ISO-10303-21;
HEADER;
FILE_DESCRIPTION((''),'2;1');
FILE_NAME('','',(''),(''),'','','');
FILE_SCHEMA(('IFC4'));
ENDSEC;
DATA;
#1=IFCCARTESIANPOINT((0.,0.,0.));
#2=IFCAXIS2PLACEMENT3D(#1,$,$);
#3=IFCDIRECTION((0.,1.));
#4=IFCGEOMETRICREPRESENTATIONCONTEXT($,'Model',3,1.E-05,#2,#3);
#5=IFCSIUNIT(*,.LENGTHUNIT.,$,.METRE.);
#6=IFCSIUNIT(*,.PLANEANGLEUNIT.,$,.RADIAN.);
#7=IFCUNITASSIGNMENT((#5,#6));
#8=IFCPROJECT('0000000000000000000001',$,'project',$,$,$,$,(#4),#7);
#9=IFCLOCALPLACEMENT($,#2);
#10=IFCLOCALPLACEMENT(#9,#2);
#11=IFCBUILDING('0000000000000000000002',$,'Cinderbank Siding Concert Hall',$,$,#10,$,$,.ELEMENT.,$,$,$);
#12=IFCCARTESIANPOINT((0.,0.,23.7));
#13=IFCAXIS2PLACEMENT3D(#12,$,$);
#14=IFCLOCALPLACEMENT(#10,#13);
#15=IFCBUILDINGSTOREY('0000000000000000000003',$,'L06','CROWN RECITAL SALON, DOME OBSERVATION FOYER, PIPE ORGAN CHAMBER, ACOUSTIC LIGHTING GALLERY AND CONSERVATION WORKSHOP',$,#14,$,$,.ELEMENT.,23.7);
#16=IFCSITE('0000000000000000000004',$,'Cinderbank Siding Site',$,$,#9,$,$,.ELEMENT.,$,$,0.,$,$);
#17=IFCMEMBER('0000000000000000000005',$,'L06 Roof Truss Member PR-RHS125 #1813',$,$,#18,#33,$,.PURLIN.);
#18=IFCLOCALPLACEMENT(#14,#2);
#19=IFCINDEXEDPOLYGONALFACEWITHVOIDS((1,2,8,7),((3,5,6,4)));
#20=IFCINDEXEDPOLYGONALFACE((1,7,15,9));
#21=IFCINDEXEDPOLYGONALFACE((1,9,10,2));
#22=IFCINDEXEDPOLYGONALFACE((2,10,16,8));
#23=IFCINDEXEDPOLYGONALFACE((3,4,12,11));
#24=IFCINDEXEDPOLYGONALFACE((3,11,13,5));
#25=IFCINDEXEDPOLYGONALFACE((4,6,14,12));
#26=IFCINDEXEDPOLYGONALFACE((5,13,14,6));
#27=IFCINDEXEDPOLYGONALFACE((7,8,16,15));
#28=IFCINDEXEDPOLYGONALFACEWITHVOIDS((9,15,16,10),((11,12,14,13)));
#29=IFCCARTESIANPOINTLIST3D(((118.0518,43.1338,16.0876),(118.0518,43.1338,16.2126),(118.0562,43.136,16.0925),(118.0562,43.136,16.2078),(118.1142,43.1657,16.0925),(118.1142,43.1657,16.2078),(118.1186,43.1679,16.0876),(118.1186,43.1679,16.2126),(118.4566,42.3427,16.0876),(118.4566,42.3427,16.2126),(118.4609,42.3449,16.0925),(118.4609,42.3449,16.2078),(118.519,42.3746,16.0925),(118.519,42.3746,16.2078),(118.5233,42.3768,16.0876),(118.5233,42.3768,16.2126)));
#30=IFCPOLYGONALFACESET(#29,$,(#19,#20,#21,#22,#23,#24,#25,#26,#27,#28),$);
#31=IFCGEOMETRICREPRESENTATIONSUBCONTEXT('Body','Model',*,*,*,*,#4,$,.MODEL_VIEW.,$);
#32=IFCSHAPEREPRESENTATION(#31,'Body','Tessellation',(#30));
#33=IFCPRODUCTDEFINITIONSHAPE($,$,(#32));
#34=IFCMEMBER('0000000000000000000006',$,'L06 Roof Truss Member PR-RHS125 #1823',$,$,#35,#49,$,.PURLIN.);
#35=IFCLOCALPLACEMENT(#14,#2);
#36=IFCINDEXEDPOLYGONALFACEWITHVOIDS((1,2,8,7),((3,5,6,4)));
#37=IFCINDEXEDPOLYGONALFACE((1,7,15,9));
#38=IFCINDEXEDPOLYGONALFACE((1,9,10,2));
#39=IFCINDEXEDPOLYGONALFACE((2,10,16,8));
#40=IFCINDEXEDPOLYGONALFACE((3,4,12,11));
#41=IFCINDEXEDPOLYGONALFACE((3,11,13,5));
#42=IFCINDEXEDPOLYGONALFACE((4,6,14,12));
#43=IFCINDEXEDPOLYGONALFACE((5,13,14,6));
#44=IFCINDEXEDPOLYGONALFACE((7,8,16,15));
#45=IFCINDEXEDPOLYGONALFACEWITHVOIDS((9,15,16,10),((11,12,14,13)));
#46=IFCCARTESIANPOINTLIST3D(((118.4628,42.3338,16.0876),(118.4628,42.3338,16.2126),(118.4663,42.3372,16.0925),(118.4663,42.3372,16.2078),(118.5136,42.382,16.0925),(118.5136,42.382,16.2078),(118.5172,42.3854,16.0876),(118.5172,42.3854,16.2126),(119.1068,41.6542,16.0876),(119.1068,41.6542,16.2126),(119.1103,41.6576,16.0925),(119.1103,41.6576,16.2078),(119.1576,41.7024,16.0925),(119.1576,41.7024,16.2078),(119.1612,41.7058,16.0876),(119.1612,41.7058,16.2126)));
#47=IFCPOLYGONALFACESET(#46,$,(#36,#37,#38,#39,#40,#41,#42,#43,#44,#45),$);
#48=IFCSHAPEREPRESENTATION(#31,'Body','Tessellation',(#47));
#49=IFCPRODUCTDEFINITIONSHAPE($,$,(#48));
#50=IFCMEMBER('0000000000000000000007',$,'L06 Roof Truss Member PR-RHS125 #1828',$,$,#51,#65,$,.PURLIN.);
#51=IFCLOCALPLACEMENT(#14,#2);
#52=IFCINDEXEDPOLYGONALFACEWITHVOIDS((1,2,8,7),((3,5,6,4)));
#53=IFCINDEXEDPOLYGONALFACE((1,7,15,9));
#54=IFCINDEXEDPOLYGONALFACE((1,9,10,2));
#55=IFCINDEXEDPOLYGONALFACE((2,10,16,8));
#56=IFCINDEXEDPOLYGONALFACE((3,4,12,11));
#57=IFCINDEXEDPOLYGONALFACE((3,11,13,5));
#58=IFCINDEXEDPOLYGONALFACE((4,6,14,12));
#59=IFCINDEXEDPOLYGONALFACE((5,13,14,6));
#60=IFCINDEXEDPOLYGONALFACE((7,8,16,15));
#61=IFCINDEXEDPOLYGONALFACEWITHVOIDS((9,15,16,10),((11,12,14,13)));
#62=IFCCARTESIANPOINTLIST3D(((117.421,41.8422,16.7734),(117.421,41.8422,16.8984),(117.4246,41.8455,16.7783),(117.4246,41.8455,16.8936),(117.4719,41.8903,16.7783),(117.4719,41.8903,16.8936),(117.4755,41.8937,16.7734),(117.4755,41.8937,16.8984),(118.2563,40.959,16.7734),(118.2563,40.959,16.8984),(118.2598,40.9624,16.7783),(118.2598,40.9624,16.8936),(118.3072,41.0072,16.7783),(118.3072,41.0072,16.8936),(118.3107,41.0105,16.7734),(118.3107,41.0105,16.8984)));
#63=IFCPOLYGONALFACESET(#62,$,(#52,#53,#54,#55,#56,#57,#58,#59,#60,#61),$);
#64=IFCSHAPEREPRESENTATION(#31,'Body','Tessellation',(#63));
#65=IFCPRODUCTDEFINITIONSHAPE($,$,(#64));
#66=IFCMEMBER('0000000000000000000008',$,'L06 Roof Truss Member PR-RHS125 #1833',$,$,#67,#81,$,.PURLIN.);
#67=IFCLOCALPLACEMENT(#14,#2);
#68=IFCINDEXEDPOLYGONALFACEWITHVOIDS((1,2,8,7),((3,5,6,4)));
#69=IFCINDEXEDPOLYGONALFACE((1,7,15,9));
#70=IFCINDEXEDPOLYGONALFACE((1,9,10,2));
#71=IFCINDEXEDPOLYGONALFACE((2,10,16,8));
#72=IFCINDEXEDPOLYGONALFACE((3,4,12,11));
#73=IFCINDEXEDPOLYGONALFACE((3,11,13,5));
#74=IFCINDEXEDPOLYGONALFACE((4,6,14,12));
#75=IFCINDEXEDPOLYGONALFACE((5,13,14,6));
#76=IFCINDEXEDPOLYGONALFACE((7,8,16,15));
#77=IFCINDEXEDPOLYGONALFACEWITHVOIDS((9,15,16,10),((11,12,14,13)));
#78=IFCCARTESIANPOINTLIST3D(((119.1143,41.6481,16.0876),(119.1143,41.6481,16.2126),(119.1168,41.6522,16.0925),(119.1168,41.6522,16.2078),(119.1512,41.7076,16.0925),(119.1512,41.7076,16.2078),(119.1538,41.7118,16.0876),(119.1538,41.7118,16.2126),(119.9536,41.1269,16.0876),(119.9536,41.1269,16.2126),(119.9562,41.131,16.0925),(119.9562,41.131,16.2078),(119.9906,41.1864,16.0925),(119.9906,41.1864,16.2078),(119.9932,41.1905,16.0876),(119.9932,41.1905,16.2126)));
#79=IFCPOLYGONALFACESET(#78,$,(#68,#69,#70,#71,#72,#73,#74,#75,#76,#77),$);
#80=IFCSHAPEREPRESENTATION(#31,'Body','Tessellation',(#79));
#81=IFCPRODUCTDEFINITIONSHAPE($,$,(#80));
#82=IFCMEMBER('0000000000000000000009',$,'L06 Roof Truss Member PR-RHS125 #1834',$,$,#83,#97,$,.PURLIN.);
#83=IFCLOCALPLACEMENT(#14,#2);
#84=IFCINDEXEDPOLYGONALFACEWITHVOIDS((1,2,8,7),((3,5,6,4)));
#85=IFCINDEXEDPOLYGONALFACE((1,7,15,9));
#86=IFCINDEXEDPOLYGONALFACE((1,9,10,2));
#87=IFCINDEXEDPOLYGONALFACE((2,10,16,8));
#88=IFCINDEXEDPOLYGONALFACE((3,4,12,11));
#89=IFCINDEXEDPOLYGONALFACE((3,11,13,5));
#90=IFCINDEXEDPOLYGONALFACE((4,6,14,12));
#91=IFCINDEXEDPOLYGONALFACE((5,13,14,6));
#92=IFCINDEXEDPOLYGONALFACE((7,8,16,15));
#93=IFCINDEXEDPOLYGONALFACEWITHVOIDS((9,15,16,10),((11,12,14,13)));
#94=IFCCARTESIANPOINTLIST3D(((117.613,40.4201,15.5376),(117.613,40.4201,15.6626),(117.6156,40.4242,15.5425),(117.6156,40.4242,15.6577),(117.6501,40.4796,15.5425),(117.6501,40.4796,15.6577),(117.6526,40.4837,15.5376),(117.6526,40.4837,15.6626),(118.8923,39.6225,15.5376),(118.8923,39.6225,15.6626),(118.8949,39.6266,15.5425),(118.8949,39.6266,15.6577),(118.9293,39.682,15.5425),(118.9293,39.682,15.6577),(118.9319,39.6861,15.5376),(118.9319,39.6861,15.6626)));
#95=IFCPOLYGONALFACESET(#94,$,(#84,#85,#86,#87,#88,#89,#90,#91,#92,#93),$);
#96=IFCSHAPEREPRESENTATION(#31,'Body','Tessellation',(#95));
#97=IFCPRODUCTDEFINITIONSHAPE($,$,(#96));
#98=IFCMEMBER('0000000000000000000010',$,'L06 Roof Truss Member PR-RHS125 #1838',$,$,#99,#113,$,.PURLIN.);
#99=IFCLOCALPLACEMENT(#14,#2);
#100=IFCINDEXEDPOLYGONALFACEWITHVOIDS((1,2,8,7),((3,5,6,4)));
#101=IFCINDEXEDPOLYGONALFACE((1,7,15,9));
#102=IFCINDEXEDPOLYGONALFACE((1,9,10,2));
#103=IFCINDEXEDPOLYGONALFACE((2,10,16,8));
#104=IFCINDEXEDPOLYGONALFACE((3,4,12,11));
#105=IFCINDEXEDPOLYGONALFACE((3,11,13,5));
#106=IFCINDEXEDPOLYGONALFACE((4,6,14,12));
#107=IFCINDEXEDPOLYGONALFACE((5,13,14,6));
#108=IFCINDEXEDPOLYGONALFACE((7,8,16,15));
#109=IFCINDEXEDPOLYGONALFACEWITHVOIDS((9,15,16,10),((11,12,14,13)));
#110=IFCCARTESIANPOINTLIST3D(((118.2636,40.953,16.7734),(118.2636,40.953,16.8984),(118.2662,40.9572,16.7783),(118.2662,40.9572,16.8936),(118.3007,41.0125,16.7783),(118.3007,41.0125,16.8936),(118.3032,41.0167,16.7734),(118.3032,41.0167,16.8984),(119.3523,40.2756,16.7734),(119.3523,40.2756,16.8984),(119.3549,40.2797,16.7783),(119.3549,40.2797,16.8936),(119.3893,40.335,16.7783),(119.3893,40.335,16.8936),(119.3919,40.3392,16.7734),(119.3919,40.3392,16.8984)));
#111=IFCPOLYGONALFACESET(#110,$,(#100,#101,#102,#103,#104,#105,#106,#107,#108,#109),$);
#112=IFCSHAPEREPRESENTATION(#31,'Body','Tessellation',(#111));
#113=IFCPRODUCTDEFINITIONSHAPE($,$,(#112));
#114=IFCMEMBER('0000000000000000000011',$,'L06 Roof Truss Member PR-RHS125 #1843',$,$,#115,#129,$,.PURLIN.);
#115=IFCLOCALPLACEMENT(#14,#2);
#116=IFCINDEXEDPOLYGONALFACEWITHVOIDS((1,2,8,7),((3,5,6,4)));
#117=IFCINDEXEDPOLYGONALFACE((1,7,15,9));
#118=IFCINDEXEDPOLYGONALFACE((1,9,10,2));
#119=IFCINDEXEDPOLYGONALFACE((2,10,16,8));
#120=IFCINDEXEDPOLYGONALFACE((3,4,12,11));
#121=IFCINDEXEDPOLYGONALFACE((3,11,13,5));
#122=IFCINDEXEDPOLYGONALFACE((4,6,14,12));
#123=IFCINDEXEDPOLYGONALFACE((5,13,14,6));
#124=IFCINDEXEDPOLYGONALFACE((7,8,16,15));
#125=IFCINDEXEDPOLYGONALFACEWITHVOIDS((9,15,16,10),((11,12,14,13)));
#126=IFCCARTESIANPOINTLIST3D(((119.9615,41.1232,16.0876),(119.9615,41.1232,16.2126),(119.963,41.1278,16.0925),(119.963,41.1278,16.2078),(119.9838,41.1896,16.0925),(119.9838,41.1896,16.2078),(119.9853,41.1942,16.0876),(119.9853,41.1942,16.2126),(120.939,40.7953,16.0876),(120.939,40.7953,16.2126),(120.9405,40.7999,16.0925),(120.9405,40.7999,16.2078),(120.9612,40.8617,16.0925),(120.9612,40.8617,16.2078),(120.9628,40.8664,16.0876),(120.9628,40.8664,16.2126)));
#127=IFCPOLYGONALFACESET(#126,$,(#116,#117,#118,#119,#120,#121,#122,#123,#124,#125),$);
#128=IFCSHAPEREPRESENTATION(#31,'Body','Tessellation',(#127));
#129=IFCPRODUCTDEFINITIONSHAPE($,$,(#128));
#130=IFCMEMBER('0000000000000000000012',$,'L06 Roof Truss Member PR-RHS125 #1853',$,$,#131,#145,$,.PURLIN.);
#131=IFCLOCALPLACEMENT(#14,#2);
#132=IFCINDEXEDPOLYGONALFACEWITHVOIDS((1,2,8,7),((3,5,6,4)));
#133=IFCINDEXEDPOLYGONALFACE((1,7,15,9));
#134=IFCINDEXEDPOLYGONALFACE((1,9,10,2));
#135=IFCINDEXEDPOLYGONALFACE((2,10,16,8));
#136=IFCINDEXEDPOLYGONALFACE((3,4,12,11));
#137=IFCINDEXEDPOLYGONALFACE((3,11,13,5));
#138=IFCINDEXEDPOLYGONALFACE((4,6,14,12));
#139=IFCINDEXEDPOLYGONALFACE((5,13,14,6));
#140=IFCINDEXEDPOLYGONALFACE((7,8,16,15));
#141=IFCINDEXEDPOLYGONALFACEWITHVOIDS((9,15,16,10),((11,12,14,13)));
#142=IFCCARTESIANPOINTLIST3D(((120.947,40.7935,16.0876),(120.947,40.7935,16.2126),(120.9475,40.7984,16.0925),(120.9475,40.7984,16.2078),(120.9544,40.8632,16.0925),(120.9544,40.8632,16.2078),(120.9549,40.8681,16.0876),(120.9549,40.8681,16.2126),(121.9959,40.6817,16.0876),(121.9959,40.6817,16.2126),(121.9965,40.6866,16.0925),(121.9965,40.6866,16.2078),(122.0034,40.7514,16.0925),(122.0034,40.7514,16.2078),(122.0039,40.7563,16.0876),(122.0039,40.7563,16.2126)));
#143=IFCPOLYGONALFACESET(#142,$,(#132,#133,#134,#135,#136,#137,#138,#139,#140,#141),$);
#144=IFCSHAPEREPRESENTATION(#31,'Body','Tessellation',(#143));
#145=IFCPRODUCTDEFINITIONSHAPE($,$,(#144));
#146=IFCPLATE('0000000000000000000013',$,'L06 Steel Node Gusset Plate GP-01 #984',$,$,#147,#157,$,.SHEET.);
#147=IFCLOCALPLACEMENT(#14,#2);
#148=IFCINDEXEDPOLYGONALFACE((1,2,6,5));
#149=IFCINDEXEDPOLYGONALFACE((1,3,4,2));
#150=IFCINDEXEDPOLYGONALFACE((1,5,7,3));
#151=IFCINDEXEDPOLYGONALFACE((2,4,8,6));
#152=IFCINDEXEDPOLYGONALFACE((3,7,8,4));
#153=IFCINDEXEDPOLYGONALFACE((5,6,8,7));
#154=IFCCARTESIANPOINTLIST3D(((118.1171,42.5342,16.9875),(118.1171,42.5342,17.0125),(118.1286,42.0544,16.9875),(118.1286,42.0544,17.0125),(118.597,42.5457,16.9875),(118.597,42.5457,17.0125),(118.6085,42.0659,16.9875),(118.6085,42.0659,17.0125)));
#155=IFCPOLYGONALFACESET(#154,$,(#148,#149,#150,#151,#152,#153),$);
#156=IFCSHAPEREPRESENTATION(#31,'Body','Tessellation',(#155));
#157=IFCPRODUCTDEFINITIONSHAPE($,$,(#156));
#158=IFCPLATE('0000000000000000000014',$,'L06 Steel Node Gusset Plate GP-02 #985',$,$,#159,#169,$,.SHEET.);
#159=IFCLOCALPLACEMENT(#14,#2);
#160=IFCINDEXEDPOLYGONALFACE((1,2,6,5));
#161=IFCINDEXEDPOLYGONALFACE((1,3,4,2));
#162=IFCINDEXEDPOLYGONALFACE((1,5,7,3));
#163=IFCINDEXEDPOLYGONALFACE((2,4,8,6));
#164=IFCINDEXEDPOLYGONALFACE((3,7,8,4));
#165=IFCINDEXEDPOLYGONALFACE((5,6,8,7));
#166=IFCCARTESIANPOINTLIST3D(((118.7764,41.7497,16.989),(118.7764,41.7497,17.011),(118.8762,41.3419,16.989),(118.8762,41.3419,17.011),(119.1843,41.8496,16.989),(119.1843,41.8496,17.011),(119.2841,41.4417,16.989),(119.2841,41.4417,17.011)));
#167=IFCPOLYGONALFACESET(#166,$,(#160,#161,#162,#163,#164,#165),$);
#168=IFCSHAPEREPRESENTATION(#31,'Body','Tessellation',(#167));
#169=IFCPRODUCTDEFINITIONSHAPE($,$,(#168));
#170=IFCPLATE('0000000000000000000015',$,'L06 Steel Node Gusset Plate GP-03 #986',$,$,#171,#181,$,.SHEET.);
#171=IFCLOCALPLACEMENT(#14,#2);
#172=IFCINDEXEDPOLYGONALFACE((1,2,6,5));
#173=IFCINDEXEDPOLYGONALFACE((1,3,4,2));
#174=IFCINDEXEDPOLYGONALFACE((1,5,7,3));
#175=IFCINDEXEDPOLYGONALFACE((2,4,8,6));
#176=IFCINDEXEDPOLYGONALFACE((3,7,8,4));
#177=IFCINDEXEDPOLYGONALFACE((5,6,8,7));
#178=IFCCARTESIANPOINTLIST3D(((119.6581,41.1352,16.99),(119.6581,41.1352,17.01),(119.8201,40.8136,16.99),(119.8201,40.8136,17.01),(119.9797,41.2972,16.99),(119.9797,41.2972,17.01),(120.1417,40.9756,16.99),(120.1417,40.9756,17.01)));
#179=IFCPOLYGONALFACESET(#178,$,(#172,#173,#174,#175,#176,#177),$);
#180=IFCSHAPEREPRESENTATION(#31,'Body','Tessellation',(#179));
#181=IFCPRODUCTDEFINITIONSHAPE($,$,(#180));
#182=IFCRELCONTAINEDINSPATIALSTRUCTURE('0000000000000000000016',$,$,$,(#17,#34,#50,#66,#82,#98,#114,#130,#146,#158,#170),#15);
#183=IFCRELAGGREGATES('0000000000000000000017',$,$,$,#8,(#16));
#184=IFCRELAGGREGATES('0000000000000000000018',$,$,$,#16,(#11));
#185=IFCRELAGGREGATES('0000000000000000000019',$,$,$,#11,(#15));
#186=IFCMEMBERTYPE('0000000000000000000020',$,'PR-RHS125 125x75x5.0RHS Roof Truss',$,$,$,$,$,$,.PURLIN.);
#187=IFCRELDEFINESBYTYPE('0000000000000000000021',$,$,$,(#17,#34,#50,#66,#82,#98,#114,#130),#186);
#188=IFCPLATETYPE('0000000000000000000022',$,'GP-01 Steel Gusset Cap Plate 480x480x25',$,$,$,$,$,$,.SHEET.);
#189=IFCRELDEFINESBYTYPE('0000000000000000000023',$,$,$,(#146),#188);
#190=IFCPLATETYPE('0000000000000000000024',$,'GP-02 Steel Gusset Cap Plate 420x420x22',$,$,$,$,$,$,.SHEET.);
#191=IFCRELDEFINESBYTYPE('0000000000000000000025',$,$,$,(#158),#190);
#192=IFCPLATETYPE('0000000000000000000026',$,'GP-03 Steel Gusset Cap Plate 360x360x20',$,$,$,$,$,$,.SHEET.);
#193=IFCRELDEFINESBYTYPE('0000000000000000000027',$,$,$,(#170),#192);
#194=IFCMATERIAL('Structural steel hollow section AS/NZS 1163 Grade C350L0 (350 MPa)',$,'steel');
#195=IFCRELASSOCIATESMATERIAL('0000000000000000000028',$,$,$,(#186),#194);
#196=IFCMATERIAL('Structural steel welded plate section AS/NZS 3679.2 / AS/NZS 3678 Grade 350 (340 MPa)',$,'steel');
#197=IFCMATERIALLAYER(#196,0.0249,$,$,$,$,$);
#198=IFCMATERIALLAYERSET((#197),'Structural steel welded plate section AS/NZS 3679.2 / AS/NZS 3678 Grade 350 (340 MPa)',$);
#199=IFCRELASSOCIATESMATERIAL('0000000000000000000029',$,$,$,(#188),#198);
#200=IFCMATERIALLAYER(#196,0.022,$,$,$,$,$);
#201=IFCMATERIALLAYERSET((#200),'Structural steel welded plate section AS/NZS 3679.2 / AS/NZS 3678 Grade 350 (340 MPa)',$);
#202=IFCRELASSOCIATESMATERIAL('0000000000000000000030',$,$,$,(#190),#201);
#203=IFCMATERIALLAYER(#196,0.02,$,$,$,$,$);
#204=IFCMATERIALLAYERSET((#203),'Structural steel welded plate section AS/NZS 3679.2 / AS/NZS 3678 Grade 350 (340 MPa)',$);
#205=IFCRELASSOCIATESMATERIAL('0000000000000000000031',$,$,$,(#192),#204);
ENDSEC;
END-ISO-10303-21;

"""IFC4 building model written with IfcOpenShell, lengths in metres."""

from ifc_helpers import new_model, si_unit, direction, frame, origin, origin_2d, place, context, subcontext, project, spatial, rectangle, hollow_rectangle, extrude, material, layer, layer_set, material_profile, profile_set, type_object, element, save


model = new_model("IFC4")

# Units and contexts
model_context = context("Model", 3, precision=1e-05, world=origin(), true_north=direction((0.0, 1.0)))
body_context = subcontext(model_context, "Body", "Model", "MODEL_VIEW")
ifc_project = project(units=[si_unit("LENGTHUNIT", "METRE"), si_unit("PLANEANGLEUNIT", "RADIAN")], contexts=[model_context])

# Site, building, storey
site_placement = place(None, origin())
site = spatial("IfcSite", under=ifc_project, at=site_placement, Name="Cinderbank Siding Site", CompositionType="ELEMENT", RefElevation=0.0)
building_placement = place(site_placement, origin())
building = spatial("IfcBuilding", under=site, at=building_placement, Name="Cinderbank Siding Concert Hall", CompositionType="ELEMENT")
storey_placement = place(building_placement, frame((0.0, 0.0, 23.7)))
storey = spatial("IfcBuildingStorey", under=building, at=storey_placement, Name="L06", Description="CROWN RECITAL SALON, DOME OBSERVATION FOYER, PIPE ORGAN CHAMBER, ACOUSTIC LIGHTING GALLERY AND CONSERVATION WORKSHOP", CompositionType="ELEMENT", Elevation=23.7)

# Members
ifc_material_1 = material(Name="Structural steel hollow section AS/NZS 1163 Grade C350L0 (350 MPa)", Category="steel")
ifc_material_profile = material_profile(ifc_material_1, hollow_rectangle(XDim=0.075, YDim=0.125, WallThickness=0.0049, at=origin_2d()), Name="125x75x5.0RHS", Category="LoadBearing")
ifc_profile_set = profile_set([ifc_material_profile], Name="Structural steel hollow section AS/NZS 1163 Grade C350L0 (350 MPa)")
member_type = type_object("IfcMemberType", Name="PR-RHS125 125x75x5.0RHS Roof Truss", PredefinedType="PURLIN", material=ifc_profile_set)
member_1_placement = place(storey_placement, frame((118.0852, 43.1509, 16.1501), z_axis=(0.455435, -0.890269, 0.0), x_axis=(0.890269, 0.455435, 0.0)))
element("IfcMember", 1, at=member_1_placement, inside=storey, type_object=member_type, Name="L06 Roof Truss Member PR-RHS125 #1813", PredefinedType="PURLIN", context=body_context, shape_type="SweptSolid", body=[
    extrude(hollow_rectangle(XDim=0.075, YDim=0.125, WallThickness=0.0049, at=origin_2d()), origin(), (0.0, 0.0, 1.0), 0.8887),
])
member_2_placement = place(storey_placement, frame((118.49, 42.3596, 16.1501), z_axis=(0.687817, -0.725884, 0.0), x_axis=(0.725884, 0.687817, 0.0)))
element("IfcMember", 2, at=member_2_placement, inside=storey, type_object=member_type, Name="L06 Roof Truss Member PR-RHS125 #1823", PredefinedType="PURLIN", context=body_context, shape_type="SweptSolid", body=[
    extrude(hollow_rectangle(XDim=0.075, YDim=0.125, WallThickness=0.0049, at=origin_2d()), origin(), (0.0, 0.0, 1.0), 0.9363),
])
member_3_placement = place(storey_placement, frame((117.4482, 41.8679, 16.8359), z_axis=(0.687148, -0.726517, 0.0), x_axis=(0.726517, 0.687148, 0.0)))
element("IfcMember", 3, at=member_3_placement, inside=storey, type_object=member_type, Name="L06 Roof Truss Member PR-RHS125 #1828", PredefinedType="PURLIN", context=body_context, shape_type="SweptSolid", body=[
    extrude(hollow_rectangle(XDim=0.075, YDim=0.125, WallThickness=0.0049, at=origin_2d()), origin(), (0.0, 0.0, 1.0), 1.2156),
])
member_4_placement = place(storey_placement, frame((119.134, 41.6799, 16.1501), z_axis=(0.849522, -0.527554, 0.0), x_axis=(0.527554, 0.849522, 0.0)))
element("IfcMember", 4, at=member_4_placement, inside=storey, type_object=member_type, Name="L06 Roof Truss Member PR-RHS125 #1833", PredefinedType="PURLIN", context=body_context, shape_type="SweptSolid", body=[
    extrude(hollow_rectangle(XDim=0.075, YDim=0.125, WallThickness=0.0049, at=origin_2d()), origin(), (0.0, 0.0, 1.0), 0.988),
])
member_5_placement = place(storey_placement, frame((117.6328, 40.4519, 15.6001), z_axis=(0.84858, -0.529067, 0.0), x_axis=(0.529067, 0.84858, 0.0)))
element("IfcMember", 5, at=member_5_placement, inside=storey, type_object=member_type, Name="L06 Roof Truss Member PR-RHS125 #1834", PredefinedType="PURLIN", context=body_context, shape_type="SweptSolid", body=[
    extrude(hollow_rectangle(XDim=0.075, YDim=0.125, WallThickness=0.0049, at=origin_2d()), origin(), (0.0, 0.0, 1.0), 1.5076),
])
member_6_placement = place(storey_placement, frame((118.2834, 40.9849, 16.8359), z_axis=(0.849013, -0.528372, 0.0), x_axis=(0.528372, 0.849013, 0.0)))
element("IfcMember", 6, at=member_6_placement, inside=storey, type_object=member_type, Name="L06 Roof Truss Member PR-RHS125 #1838", PredefinedType="PURLIN", context=body_context, shape_type="SweptSolid", body=[
    extrude(hollow_rectangle(XDim=0.075, YDim=0.125, WallThickness=0.0049, at=origin_2d()), origin(), (0.0, 0.0, 1.0), 1.2822),
])
member_7_placement = place(storey_placement, frame((119.9734, 41.1587, 16.1501), z_axis=(0.94809, -0.318003, 0.0), x_axis=(0.318003, 0.94809, 0.0)))
element("IfcMember", 7, at=member_7_placement, inside=storey, type_object=member_type, Name="L06 Roof Truss Member PR-RHS125 #1843", PredefinedType="PURLIN", context=body_context, shape_type="SweptSolid", body=[
    extrude(hollow_rectangle(XDim=0.075, YDim=0.125, WallThickness=0.0049, at=origin_2d()), origin(), (0.0, 0.0, 1.0), 1.031),
])
member_8_placement = place(storey_placement, frame((120.9509, 40.8308, 16.1501), z_axis=(0.994368, -0.105986, 0.0), x_axis=(0.105986, 0.994368, 0.0)))
element("IfcMember", 8, at=member_8_placement, inside=storey, type_object=member_type, Name="L06 Roof Truss Member PR-RHS125 #1853", PredefinedType="PURLIN", context=body_context, shape_type="SweptSolid", body=[
    extrude(hollow_rectangle(XDim=0.075, YDim=0.125, WallThickness=0.0049, at=origin_2d()), origin(), (0.0, 0.0, 1.0), 1.0549),
])

# Plates
ifc_material_2 = material(Name="Structural steel welded plate section AS/NZS 3679.2 / AS/NZS 3678 Grade 350 (340 MPa)", Category="steel")
ifc_layer_1 = layer(ifc_material_2, 0.0249)
ifc_layer_set_1 = layer_set([ifc_layer_1], Name="Structural steel welded plate section AS/NZS 3679.2 / AS/NZS 3678 Grade 350 (340 MPa)")
plate_type_1 = type_object("IfcPlateType", Name="GP-01 Steel Gusset Cap Plate 480x480x25", PredefinedType="SHEET", material=ifc_layer_set_1)
plate_1_placement = place(storey_placement, frame((118.3628, 42.3, 16.9875), z_axis=(0.0, 0.0, 1.0), x_axis=(0.999714, 0.023909, 0.0)))
element("IfcPlate", 9, at=plate_1_placement, inside=storey, type_object=plate_type_1, Name="L06 Steel Node Gusset Plate GP-01 #984", PredefinedType="SHEET", context=body_context, shape_type="SweptSolid", body=[
    extrude(rectangle(XDim=0.48, YDim=0.48, at=origin_2d()), origin(), (0.0, 0.0, 1.0), 0.0249),
])
ifc_layer_2 = layer(ifc_material_2, 0.022)
ifc_layer_set_2 = layer_set([ifc_layer_2], Name="Structural steel welded plate section AS/NZS 3679.2 / AS/NZS 3678 Grade 350 (340 MPa)")
plate_type_2 = type_object("IfcPlateType", Name="GP-02 Steel Gusset Cap Plate 420x420x22", PredefinedType="SHEET", material=ifc_layer_set_2)
plate_2_placement = place(storey_placement, frame((119.0303, 41.5957, 16.989), z_axis=(0.0, 0.0, 1.0), x_axis=(0.971342, 0.237686, 0.0)))
element("IfcPlate", 10, at=plate_2_placement, inside=storey, type_object=plate_type_2, Name="L06 Steel Node Gusset Plate GP-02 #985", PredefinedType="SHEET", context=body_context, shape_type="SweptSolid", body=[
    extrude(rectangle(XDim=0.4199, YDim=0.4199, at=origin_2d()), origin(), (0.0, 0.0, 1.0), 0.022),
])
ifc_layer_3 = layer(ifc_material_2, 0.02)
ifc_layer_set_3 = layer_set([ifc_layer_3], Name="Structural steel welded plate section AS/NZS 3679.2 / AS/NZS 3678 Grade 350 (340 MPa)")
plate_type_3 = type_object("IfcPlateType", Name="GP-03 Steel Gusset Cap Plate 360x360x20", PredefinedType="SHEET", material=ifc_layer_set_3)
plate_3_placement = place(storey_placement, frame((119.8999, 41.0554, 16.99), z_axis=(0.0, 0.0, 1.0), x_axis=(0.893136, 0.449787, 0.0)))
element("IfcPlate", 11, at=plate_3_placement, inside=storey, type_object=plate_type_3, Name="L06 Steel Node Gusset Plate GP-03 #986", PredefinedType="SHEET", context=body_context, shape_type="SweptSolid", body=[
    extrude(rectangle(XDim=0.3601, YDim=0.3601, at=origin_2d()), origin(), (0.0, 0.0, 1.0), 0.02),
])

save(model, "model.ifc")
